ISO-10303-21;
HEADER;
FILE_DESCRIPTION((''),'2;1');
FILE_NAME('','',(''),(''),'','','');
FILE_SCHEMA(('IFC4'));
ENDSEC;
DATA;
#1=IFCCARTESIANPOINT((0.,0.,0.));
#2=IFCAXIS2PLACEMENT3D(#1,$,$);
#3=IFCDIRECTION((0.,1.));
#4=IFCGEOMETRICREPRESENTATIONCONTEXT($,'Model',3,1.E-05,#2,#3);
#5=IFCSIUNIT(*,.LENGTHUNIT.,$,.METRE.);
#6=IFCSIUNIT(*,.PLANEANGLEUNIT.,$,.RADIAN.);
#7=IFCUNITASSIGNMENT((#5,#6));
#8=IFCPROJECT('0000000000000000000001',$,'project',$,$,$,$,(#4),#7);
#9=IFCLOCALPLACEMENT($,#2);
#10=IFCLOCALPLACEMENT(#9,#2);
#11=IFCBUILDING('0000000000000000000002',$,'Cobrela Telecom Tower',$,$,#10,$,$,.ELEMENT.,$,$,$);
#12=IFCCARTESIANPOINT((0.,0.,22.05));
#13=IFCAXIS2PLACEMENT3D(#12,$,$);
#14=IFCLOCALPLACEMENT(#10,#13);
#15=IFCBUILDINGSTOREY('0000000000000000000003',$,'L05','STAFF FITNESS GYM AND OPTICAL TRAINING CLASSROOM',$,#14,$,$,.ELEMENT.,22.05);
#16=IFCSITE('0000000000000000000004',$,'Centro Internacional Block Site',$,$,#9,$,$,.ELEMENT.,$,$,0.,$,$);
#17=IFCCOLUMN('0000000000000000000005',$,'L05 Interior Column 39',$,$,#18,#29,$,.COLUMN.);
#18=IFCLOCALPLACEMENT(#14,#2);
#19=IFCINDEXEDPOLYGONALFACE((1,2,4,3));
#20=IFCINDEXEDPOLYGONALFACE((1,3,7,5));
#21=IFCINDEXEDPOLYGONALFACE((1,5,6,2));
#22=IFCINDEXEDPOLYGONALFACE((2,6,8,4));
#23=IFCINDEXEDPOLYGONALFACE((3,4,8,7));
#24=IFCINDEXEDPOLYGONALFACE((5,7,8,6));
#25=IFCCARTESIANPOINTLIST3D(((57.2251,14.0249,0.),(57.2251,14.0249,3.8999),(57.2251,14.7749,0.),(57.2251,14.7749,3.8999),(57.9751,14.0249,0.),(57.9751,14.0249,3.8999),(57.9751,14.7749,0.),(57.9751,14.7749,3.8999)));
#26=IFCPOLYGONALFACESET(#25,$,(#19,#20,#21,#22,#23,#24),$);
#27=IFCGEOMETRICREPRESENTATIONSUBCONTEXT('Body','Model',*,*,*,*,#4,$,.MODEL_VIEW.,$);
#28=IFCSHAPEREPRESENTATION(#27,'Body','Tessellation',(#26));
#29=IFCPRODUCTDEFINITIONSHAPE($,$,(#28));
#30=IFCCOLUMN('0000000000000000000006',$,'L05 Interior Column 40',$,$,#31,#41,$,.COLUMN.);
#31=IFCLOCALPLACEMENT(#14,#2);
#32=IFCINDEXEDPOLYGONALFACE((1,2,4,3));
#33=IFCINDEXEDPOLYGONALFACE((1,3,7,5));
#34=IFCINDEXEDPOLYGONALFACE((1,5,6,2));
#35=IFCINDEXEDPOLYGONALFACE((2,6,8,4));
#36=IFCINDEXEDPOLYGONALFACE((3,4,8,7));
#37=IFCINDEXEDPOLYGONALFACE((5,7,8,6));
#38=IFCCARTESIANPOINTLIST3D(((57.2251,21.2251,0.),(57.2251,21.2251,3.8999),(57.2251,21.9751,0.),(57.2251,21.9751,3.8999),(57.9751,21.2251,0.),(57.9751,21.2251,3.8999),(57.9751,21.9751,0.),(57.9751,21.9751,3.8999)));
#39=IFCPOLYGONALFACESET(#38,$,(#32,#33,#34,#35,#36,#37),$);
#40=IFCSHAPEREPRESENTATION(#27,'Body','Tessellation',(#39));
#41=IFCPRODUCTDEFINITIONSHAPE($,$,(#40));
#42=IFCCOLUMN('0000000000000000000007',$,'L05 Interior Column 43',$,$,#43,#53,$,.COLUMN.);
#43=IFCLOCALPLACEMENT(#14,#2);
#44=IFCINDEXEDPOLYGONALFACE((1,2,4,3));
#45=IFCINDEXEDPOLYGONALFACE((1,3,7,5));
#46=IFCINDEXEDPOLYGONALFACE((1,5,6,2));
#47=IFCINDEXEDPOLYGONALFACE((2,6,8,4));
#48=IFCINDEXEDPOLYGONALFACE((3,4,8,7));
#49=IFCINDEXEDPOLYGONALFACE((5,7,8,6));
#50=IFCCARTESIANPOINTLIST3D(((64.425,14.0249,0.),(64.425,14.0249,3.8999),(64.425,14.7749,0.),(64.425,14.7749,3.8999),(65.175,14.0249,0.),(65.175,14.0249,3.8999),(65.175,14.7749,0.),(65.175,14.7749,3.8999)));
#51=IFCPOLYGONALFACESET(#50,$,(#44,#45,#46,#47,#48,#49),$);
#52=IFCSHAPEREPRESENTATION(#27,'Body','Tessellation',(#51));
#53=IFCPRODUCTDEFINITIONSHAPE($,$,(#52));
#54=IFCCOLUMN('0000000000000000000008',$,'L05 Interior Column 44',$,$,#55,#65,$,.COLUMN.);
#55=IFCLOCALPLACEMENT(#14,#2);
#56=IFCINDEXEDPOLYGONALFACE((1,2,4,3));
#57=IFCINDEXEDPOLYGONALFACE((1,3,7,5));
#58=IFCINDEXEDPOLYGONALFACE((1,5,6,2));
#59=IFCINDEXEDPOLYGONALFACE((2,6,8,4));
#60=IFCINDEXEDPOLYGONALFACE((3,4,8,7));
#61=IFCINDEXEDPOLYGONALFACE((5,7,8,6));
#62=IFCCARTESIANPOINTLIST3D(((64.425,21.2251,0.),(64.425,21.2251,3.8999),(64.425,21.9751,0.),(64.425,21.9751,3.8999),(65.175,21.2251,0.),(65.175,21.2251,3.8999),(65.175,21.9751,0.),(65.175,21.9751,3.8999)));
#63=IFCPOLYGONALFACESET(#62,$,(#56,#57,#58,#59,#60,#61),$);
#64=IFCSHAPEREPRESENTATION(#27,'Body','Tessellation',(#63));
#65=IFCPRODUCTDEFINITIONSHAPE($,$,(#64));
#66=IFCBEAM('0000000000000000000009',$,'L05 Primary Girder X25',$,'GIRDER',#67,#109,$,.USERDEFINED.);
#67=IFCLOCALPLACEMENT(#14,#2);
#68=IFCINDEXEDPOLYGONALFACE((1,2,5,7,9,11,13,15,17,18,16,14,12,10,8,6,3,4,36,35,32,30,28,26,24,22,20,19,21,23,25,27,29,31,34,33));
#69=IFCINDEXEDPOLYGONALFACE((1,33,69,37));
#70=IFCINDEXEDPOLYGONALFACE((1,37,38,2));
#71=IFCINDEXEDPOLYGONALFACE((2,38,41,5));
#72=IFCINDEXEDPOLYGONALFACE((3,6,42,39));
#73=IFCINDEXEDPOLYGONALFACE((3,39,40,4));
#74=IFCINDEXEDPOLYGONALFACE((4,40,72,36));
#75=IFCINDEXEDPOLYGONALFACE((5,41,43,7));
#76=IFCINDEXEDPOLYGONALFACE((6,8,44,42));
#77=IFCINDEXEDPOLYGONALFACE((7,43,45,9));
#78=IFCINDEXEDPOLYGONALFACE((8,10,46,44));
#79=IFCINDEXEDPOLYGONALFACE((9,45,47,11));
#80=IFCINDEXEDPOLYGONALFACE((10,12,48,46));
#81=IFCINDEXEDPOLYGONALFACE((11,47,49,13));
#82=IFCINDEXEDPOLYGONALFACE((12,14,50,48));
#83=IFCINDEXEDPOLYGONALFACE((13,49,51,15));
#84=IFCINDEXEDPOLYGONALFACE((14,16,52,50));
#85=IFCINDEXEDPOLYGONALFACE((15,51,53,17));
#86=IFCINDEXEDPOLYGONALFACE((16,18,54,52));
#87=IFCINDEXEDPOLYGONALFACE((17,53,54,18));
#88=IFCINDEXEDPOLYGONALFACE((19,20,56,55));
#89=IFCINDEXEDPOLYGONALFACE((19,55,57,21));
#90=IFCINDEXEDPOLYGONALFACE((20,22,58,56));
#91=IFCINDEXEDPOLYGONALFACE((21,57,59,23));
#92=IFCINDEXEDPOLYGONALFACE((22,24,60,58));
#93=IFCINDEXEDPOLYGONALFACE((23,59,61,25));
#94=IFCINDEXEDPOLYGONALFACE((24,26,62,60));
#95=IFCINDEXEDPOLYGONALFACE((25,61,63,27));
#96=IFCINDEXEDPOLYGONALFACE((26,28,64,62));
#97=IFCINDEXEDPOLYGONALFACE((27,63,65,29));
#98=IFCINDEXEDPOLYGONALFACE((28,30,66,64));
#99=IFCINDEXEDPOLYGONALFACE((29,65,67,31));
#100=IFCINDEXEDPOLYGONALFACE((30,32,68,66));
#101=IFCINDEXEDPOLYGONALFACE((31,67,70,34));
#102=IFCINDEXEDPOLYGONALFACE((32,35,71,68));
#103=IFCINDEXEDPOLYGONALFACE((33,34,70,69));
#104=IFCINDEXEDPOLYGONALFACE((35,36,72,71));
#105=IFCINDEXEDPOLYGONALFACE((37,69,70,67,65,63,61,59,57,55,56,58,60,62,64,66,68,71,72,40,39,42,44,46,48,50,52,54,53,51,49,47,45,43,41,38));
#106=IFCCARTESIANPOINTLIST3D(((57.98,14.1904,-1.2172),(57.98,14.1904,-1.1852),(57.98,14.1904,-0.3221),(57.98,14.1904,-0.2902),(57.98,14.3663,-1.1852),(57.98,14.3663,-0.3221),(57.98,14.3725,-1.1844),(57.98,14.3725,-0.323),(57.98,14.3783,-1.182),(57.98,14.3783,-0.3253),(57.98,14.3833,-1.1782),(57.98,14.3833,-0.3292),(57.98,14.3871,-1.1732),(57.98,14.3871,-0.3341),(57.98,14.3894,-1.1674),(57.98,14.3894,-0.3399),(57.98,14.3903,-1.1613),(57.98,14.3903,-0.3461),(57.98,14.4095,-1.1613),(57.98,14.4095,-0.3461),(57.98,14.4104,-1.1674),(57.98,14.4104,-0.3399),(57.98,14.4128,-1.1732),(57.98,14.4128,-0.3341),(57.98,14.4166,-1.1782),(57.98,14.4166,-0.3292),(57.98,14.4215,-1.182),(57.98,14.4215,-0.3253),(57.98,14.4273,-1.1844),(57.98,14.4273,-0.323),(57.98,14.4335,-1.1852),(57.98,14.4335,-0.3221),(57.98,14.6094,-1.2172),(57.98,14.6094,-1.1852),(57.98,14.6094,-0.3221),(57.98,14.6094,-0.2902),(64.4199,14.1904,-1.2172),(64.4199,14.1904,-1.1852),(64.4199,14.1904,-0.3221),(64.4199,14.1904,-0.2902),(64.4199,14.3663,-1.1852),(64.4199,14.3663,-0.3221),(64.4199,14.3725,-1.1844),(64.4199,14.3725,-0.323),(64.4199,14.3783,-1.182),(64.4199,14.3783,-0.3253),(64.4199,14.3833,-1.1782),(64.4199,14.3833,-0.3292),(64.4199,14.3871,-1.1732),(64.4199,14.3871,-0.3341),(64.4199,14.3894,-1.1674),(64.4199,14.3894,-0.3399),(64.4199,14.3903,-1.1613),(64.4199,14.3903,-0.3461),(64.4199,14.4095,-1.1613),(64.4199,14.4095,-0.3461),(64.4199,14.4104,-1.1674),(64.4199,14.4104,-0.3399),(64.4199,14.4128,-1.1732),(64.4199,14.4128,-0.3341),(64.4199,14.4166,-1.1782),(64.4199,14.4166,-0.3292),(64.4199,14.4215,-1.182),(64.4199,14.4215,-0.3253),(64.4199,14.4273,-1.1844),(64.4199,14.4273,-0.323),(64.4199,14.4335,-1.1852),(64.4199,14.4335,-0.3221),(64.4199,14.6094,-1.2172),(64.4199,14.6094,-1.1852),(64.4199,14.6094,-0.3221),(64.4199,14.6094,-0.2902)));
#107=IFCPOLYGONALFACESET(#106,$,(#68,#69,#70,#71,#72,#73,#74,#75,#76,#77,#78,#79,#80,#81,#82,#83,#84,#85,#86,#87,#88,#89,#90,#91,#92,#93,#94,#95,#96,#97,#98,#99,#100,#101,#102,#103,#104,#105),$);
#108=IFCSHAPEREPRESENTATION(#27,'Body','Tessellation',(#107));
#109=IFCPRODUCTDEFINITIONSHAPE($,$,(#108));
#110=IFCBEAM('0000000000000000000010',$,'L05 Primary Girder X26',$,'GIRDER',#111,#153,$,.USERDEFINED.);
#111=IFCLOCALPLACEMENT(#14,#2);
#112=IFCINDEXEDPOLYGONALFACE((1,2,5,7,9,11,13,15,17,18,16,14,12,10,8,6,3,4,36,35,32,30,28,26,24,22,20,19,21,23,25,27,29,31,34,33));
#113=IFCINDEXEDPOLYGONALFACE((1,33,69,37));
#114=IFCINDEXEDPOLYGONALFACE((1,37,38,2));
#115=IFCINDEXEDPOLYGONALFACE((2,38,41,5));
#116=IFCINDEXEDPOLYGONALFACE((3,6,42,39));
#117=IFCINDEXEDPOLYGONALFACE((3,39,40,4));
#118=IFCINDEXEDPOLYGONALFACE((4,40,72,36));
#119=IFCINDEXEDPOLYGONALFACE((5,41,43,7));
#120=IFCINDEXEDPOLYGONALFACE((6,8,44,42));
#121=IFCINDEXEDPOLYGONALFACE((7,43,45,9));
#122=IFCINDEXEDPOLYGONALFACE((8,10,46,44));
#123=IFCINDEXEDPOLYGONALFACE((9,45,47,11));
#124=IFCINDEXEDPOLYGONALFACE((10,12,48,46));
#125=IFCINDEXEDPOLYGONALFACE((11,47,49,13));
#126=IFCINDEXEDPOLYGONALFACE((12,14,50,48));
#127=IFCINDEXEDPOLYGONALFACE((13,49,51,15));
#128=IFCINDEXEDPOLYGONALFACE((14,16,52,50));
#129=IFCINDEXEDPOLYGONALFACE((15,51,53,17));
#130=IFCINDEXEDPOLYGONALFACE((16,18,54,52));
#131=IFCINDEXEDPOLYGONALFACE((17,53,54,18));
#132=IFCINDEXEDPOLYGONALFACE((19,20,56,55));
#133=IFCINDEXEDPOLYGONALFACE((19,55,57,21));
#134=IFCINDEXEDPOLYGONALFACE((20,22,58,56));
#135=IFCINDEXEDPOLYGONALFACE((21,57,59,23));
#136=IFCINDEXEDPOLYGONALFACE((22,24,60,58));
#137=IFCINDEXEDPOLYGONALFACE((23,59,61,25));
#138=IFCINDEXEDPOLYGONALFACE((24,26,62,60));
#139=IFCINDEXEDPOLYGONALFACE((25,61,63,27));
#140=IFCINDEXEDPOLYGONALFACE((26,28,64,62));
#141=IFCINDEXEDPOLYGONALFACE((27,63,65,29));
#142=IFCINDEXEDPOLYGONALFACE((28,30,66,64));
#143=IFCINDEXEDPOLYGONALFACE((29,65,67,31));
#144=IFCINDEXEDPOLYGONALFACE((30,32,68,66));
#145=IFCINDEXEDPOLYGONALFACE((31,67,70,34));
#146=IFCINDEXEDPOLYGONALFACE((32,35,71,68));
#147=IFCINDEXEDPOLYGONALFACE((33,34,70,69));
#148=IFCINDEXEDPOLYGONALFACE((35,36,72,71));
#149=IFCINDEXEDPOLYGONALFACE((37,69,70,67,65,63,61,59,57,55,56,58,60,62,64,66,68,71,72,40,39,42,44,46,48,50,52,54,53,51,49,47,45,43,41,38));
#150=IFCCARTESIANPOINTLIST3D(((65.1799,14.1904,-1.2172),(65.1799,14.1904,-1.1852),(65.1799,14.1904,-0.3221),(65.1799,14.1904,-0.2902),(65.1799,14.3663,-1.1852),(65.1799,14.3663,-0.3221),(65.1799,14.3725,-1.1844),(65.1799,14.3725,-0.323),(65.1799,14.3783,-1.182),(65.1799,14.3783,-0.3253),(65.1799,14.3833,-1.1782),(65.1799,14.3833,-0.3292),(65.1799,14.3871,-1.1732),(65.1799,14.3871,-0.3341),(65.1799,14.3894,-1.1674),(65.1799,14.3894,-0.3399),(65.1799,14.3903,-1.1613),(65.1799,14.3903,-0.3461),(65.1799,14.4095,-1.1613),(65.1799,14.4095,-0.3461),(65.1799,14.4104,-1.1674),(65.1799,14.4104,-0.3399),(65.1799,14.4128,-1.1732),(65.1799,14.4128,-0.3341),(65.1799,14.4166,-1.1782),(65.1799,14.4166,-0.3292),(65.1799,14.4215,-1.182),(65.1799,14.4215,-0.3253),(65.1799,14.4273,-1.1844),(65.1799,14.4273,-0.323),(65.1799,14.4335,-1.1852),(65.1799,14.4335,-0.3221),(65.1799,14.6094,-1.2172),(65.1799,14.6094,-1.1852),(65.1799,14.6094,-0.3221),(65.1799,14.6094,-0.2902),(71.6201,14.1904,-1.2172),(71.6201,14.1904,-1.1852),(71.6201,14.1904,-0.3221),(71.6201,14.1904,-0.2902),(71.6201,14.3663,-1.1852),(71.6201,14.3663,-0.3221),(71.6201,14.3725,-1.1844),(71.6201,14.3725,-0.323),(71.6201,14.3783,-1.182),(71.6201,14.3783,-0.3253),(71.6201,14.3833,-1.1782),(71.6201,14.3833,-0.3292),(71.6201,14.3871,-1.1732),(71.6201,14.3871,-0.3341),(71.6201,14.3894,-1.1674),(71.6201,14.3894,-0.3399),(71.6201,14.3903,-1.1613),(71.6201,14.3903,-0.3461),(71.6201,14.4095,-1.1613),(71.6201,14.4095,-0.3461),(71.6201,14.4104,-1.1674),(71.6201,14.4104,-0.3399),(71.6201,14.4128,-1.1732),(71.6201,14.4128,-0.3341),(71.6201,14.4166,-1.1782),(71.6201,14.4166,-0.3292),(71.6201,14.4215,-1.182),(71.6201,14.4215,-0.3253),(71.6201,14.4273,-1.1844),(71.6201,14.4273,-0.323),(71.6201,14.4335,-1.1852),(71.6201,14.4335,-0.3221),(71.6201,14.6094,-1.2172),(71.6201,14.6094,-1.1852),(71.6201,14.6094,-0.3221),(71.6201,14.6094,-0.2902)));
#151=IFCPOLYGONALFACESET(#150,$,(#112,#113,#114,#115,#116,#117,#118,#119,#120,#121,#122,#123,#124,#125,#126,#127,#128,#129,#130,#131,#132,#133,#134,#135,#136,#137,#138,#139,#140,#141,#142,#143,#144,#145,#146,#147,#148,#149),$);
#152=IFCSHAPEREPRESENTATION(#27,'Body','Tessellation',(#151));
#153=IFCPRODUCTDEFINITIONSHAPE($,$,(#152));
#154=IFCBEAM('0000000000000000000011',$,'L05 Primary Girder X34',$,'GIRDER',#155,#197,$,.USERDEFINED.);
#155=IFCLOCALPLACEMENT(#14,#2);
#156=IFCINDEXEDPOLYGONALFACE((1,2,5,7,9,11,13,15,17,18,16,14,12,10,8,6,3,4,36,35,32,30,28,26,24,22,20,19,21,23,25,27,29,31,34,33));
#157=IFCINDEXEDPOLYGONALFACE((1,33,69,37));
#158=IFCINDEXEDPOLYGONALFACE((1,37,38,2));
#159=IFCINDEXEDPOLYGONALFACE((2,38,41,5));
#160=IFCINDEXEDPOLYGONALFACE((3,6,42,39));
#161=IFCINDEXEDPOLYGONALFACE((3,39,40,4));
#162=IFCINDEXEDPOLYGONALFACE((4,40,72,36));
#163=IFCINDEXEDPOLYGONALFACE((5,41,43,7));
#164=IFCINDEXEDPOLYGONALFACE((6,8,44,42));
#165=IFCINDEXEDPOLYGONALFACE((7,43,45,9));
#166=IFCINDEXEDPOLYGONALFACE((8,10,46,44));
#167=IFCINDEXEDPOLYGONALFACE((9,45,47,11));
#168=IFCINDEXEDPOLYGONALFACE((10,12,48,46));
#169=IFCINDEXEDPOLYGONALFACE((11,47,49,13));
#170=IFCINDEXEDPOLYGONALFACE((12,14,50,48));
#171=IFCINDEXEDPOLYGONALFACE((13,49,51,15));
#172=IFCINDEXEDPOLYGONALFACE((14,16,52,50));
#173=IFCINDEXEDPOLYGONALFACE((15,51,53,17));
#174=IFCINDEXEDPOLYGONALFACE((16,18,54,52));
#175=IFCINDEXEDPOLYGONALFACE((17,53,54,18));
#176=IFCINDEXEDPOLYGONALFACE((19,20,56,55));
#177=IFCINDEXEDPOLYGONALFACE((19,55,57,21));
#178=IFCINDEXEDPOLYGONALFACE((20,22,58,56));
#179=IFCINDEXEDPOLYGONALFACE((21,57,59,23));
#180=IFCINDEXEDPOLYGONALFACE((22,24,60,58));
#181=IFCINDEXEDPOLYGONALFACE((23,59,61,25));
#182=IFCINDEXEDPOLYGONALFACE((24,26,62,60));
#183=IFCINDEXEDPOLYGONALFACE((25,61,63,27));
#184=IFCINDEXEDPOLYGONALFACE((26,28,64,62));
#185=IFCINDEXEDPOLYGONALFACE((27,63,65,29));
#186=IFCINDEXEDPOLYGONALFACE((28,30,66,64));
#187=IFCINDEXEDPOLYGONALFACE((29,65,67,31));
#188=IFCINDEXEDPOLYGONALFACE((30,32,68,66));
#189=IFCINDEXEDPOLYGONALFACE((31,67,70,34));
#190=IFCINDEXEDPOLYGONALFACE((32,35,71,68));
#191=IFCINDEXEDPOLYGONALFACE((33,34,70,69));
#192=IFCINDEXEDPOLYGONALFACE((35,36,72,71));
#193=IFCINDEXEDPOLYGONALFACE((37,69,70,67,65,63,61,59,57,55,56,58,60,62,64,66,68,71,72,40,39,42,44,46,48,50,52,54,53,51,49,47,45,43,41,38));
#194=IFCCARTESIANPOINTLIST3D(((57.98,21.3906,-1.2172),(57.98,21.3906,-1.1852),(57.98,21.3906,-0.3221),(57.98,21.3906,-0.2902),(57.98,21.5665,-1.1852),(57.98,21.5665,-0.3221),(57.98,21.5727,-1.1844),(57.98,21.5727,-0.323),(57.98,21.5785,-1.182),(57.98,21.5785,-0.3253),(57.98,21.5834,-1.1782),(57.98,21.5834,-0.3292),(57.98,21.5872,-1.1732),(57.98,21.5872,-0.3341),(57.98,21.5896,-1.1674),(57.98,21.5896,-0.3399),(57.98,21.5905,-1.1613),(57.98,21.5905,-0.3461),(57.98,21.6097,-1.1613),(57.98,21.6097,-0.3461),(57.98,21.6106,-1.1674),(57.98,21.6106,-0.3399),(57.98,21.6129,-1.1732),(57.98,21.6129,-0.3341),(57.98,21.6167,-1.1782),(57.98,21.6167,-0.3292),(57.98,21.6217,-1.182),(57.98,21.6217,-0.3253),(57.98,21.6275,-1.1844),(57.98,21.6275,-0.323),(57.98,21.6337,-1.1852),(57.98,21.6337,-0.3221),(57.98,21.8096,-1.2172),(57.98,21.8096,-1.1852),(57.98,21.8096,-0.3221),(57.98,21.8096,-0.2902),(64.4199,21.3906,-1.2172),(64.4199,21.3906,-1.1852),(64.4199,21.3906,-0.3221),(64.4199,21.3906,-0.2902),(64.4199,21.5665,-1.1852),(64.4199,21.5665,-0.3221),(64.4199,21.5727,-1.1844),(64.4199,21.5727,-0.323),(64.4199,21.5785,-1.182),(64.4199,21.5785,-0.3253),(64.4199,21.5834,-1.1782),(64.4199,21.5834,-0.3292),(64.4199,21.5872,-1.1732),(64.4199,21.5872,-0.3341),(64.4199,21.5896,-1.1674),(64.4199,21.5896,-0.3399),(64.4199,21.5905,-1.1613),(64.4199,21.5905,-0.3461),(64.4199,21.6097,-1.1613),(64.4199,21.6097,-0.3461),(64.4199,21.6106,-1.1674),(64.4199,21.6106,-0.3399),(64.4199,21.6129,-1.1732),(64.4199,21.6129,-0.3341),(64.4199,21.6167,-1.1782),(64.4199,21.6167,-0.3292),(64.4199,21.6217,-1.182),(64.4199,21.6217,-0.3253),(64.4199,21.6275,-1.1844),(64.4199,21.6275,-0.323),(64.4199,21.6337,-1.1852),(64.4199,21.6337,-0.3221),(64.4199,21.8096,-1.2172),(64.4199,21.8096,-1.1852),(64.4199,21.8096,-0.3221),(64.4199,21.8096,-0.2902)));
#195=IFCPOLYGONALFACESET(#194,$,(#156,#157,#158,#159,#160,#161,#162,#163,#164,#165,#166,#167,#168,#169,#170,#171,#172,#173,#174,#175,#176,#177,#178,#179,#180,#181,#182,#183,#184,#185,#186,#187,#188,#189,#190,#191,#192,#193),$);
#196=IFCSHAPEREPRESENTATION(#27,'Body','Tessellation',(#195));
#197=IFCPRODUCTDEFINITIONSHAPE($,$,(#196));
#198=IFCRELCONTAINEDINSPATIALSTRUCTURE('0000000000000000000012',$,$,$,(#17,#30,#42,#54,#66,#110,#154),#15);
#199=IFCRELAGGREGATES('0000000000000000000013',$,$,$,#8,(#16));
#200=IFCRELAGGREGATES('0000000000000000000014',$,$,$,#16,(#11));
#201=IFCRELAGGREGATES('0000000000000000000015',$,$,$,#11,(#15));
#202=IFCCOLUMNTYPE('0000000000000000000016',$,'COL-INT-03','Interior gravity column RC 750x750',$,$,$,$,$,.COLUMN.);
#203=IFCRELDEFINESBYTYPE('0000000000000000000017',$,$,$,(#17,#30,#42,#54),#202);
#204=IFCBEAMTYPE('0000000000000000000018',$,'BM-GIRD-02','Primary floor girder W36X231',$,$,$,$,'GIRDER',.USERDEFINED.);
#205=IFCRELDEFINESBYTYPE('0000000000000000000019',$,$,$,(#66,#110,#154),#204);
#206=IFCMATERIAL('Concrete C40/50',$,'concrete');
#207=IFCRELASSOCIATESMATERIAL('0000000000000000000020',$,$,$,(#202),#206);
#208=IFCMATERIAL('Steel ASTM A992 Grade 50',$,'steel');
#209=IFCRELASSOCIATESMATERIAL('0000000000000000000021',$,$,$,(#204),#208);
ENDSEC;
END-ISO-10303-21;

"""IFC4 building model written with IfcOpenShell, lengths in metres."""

from ifc_helpers import new_model, si_unit, direction, frame, origin, origin_2d, place, context, subcontext, project, spatial, rectangle, i_section, extrude, material, material_profile, profile_set, type_object, element, save


model = new_model("IFC4")

# Units and contexts
model_context = context("Model", 3, precision=1e-05, world=origin(), true_north=direction((0.0, 1.0)))
body_context = subcontext(model_context, "Body", "Model", "MODEL_VIEW")
ifc_project = project(units=[si_unit("LENGTHUNIT", "METRE"), si_unit("PLANEANGLEUNIT", "RADIAN")], contexts=[model_context])

# Site, building, storey
site_placement = place(None, origin())
site = spatial("IfcSite", under=ifc_project, at=site_placement, Name="Centro Internacional Block Site", CompositionType="ELEMENT", RefElevation=0.0)
building_placement = place(site_placement, origin())
building = spatial("IfcBuilding", under=site, at=building_placement, Name="Cobrela Telecom Tower", CompositionType="ELEMENT")
storey_placement = place(building_placement, frame((0.0, 0.0, 22.05)))
storey = spatial("IfcBuildingStorey", under=building, at=storey_placement, Name="L05", Description="STAFF FITNESS GYM AND OPTICAL TRAINING CLASSROOM", CompositionType="ELEMENT", Elevation=22.05)

# Columns
ifc_material_1 = material(Name="Concrete C40/50", Category="concrete")
ifc_material_profile_1 = material_profile(ifc_material_1, rectangle(XDim=0.75, YDim=0.75, at=origin_2d()), Name="RC 750x750")
ifc_profile_set_1 = profile_set([ifc_material_profile_1], Name="Concrete C40/50")
column_type = type_object("IfcColumnType", Name="COL-INT-03", Description="Interior gravity column RC 750x750", PredefinedType="COLUMN", material=ifc_profile_set_1)
for number, where, z_axis, x_axis, name in (
    (1, (57.6001, 14.3999, 0.0), (0.0, 0.0, 1.0), (1.0, 0.0, 0.0), "L05 Interior Column 39"),
    (2, (57.6001, 21.6001, 0.0), (0.0, 0.0, 1.0), (1.0, 0.0, 0.0), "L05 Interior Column 40"),
    (3, (64.8, 14.3999, 0.0), (0.0, 0.0, 1.0), (1.0, 0.0, 0.0), "L05 Interior Column 43"),
    (4, (64.8, 21.6001, 0.0), (0.0, 0.0, 1.0), (1.0, 0.0, 0.0), "L05 Interior Column 44"),
):
    element("IfcColumn", number, at=place(storey_placement, frame(where, z_axis=z_axis, x_axis=x_axis)), inside=storey, type_object=column_type, Name=name, PredefinedType="COLUMN", context=body_context, shape_type="SweptSolid", body=[
        extrude(rectangle(XDim=0.75, YDim=0.75, at=origin_2d()), origin(), (0.0, 0.0, 1.0), 3.8999),
    ])

# Beams
ifc_material_2 = material(Name="Steel ASTM A992 Grade 50", Category="steel")
ifc_material_profile_2 = material_profile(ifc_material_2, i_section(OverallWidth=0.4189, OverallDepth=0.927, WebThickness=0.0193, FlangeThickness=0.032, FilletRadius=0.0239, at=origin_2d()), Name="W36X231")
ifc_profile_set_2 = profile_set([ifc_material_profile_2], Name="Steel ASTM A992 Grade 50")
beam_type_1 = type_object("IfcBeamType", Name="BM-GIRD-02", Description="Primary floor girder W36X231", ElementType="GIRDER", PredefinedType="USERDEFINED", material=ifc_profile_set_2)
beam_1_placement = place(storey_placement, frame((57.98, 14.3999, -0.7537), z_axis=(1.0, 0.0, 0.0), x_axis=(0.0, 1.0, 0.0)))
element("IfcBeam", 5, at=beam_1_placement, inside=storey, type_object=beam_type_1, Name="L05 Primary Girder X25", ObjectType="GIRDER", PredefinedType="USERDEFINED", context=body_context, shape_type="SweptSolid", body=[
    extrude(i_section(OverallWidth=0.4189, OverallDepth=0.927, WebThickness=0.0193, FlangeThickness=0.032, FilletRadius=0.0239, at=origin_2d()), origin(), (0.0, 0.0, 1.0), 6.4399),
])
beam_2_placement = place(storey_placement, frame((65.1799, 14.3999, -0.7537), z_axis=(1.0, 0.0, 0.0), x_axis=(0.0, 1.0, 0.0)))
element("IfcBeam", 6, at=beam_2_placement, inside=storey, type_object=beam_type_1, Name="L05 Primary Girder X26", ObjectType="GIRDER", PredefinedType="USERDEFINED", context=body_context, shape_type="SweptSolid", body=[
    extrude(i_section(OverallWidth=0.4189, OverallDepth=0.927, WebThickness=0.0193, FlangeThickness=0.032, FilletRadius=0.0239, at=origin_2d()), origin(), (0.0, 0.0, 1.0), 6.4402),
])
beam_3_placement = place(storey_placement, frame((57.98, 21.6001, -0.7537), z_axis=(1.0, 0.0, 0.0), x_axis=(0.0, 1.0, 0.0)))
element("IfcBeam", 7, at=beam_3_placement, inside=storey, type_object=beam_type_1, Name="L05 Primary Girder X34", ObjectType="GIRDER", PredefinedType="USERDEFINED", context=body_context, shape_type="SweptSolid", body=[
    extrude(i_section(OverallWidth=0.4189, OverallDepth=0.927, WebThickness=0.0193, FlangeThickness=0.032, FilletRadius=0.0239, at=origin_2d()), origin(), (0.0, 0.0, 1.0), 6.4399),
])

save(model, "model.ifc")
